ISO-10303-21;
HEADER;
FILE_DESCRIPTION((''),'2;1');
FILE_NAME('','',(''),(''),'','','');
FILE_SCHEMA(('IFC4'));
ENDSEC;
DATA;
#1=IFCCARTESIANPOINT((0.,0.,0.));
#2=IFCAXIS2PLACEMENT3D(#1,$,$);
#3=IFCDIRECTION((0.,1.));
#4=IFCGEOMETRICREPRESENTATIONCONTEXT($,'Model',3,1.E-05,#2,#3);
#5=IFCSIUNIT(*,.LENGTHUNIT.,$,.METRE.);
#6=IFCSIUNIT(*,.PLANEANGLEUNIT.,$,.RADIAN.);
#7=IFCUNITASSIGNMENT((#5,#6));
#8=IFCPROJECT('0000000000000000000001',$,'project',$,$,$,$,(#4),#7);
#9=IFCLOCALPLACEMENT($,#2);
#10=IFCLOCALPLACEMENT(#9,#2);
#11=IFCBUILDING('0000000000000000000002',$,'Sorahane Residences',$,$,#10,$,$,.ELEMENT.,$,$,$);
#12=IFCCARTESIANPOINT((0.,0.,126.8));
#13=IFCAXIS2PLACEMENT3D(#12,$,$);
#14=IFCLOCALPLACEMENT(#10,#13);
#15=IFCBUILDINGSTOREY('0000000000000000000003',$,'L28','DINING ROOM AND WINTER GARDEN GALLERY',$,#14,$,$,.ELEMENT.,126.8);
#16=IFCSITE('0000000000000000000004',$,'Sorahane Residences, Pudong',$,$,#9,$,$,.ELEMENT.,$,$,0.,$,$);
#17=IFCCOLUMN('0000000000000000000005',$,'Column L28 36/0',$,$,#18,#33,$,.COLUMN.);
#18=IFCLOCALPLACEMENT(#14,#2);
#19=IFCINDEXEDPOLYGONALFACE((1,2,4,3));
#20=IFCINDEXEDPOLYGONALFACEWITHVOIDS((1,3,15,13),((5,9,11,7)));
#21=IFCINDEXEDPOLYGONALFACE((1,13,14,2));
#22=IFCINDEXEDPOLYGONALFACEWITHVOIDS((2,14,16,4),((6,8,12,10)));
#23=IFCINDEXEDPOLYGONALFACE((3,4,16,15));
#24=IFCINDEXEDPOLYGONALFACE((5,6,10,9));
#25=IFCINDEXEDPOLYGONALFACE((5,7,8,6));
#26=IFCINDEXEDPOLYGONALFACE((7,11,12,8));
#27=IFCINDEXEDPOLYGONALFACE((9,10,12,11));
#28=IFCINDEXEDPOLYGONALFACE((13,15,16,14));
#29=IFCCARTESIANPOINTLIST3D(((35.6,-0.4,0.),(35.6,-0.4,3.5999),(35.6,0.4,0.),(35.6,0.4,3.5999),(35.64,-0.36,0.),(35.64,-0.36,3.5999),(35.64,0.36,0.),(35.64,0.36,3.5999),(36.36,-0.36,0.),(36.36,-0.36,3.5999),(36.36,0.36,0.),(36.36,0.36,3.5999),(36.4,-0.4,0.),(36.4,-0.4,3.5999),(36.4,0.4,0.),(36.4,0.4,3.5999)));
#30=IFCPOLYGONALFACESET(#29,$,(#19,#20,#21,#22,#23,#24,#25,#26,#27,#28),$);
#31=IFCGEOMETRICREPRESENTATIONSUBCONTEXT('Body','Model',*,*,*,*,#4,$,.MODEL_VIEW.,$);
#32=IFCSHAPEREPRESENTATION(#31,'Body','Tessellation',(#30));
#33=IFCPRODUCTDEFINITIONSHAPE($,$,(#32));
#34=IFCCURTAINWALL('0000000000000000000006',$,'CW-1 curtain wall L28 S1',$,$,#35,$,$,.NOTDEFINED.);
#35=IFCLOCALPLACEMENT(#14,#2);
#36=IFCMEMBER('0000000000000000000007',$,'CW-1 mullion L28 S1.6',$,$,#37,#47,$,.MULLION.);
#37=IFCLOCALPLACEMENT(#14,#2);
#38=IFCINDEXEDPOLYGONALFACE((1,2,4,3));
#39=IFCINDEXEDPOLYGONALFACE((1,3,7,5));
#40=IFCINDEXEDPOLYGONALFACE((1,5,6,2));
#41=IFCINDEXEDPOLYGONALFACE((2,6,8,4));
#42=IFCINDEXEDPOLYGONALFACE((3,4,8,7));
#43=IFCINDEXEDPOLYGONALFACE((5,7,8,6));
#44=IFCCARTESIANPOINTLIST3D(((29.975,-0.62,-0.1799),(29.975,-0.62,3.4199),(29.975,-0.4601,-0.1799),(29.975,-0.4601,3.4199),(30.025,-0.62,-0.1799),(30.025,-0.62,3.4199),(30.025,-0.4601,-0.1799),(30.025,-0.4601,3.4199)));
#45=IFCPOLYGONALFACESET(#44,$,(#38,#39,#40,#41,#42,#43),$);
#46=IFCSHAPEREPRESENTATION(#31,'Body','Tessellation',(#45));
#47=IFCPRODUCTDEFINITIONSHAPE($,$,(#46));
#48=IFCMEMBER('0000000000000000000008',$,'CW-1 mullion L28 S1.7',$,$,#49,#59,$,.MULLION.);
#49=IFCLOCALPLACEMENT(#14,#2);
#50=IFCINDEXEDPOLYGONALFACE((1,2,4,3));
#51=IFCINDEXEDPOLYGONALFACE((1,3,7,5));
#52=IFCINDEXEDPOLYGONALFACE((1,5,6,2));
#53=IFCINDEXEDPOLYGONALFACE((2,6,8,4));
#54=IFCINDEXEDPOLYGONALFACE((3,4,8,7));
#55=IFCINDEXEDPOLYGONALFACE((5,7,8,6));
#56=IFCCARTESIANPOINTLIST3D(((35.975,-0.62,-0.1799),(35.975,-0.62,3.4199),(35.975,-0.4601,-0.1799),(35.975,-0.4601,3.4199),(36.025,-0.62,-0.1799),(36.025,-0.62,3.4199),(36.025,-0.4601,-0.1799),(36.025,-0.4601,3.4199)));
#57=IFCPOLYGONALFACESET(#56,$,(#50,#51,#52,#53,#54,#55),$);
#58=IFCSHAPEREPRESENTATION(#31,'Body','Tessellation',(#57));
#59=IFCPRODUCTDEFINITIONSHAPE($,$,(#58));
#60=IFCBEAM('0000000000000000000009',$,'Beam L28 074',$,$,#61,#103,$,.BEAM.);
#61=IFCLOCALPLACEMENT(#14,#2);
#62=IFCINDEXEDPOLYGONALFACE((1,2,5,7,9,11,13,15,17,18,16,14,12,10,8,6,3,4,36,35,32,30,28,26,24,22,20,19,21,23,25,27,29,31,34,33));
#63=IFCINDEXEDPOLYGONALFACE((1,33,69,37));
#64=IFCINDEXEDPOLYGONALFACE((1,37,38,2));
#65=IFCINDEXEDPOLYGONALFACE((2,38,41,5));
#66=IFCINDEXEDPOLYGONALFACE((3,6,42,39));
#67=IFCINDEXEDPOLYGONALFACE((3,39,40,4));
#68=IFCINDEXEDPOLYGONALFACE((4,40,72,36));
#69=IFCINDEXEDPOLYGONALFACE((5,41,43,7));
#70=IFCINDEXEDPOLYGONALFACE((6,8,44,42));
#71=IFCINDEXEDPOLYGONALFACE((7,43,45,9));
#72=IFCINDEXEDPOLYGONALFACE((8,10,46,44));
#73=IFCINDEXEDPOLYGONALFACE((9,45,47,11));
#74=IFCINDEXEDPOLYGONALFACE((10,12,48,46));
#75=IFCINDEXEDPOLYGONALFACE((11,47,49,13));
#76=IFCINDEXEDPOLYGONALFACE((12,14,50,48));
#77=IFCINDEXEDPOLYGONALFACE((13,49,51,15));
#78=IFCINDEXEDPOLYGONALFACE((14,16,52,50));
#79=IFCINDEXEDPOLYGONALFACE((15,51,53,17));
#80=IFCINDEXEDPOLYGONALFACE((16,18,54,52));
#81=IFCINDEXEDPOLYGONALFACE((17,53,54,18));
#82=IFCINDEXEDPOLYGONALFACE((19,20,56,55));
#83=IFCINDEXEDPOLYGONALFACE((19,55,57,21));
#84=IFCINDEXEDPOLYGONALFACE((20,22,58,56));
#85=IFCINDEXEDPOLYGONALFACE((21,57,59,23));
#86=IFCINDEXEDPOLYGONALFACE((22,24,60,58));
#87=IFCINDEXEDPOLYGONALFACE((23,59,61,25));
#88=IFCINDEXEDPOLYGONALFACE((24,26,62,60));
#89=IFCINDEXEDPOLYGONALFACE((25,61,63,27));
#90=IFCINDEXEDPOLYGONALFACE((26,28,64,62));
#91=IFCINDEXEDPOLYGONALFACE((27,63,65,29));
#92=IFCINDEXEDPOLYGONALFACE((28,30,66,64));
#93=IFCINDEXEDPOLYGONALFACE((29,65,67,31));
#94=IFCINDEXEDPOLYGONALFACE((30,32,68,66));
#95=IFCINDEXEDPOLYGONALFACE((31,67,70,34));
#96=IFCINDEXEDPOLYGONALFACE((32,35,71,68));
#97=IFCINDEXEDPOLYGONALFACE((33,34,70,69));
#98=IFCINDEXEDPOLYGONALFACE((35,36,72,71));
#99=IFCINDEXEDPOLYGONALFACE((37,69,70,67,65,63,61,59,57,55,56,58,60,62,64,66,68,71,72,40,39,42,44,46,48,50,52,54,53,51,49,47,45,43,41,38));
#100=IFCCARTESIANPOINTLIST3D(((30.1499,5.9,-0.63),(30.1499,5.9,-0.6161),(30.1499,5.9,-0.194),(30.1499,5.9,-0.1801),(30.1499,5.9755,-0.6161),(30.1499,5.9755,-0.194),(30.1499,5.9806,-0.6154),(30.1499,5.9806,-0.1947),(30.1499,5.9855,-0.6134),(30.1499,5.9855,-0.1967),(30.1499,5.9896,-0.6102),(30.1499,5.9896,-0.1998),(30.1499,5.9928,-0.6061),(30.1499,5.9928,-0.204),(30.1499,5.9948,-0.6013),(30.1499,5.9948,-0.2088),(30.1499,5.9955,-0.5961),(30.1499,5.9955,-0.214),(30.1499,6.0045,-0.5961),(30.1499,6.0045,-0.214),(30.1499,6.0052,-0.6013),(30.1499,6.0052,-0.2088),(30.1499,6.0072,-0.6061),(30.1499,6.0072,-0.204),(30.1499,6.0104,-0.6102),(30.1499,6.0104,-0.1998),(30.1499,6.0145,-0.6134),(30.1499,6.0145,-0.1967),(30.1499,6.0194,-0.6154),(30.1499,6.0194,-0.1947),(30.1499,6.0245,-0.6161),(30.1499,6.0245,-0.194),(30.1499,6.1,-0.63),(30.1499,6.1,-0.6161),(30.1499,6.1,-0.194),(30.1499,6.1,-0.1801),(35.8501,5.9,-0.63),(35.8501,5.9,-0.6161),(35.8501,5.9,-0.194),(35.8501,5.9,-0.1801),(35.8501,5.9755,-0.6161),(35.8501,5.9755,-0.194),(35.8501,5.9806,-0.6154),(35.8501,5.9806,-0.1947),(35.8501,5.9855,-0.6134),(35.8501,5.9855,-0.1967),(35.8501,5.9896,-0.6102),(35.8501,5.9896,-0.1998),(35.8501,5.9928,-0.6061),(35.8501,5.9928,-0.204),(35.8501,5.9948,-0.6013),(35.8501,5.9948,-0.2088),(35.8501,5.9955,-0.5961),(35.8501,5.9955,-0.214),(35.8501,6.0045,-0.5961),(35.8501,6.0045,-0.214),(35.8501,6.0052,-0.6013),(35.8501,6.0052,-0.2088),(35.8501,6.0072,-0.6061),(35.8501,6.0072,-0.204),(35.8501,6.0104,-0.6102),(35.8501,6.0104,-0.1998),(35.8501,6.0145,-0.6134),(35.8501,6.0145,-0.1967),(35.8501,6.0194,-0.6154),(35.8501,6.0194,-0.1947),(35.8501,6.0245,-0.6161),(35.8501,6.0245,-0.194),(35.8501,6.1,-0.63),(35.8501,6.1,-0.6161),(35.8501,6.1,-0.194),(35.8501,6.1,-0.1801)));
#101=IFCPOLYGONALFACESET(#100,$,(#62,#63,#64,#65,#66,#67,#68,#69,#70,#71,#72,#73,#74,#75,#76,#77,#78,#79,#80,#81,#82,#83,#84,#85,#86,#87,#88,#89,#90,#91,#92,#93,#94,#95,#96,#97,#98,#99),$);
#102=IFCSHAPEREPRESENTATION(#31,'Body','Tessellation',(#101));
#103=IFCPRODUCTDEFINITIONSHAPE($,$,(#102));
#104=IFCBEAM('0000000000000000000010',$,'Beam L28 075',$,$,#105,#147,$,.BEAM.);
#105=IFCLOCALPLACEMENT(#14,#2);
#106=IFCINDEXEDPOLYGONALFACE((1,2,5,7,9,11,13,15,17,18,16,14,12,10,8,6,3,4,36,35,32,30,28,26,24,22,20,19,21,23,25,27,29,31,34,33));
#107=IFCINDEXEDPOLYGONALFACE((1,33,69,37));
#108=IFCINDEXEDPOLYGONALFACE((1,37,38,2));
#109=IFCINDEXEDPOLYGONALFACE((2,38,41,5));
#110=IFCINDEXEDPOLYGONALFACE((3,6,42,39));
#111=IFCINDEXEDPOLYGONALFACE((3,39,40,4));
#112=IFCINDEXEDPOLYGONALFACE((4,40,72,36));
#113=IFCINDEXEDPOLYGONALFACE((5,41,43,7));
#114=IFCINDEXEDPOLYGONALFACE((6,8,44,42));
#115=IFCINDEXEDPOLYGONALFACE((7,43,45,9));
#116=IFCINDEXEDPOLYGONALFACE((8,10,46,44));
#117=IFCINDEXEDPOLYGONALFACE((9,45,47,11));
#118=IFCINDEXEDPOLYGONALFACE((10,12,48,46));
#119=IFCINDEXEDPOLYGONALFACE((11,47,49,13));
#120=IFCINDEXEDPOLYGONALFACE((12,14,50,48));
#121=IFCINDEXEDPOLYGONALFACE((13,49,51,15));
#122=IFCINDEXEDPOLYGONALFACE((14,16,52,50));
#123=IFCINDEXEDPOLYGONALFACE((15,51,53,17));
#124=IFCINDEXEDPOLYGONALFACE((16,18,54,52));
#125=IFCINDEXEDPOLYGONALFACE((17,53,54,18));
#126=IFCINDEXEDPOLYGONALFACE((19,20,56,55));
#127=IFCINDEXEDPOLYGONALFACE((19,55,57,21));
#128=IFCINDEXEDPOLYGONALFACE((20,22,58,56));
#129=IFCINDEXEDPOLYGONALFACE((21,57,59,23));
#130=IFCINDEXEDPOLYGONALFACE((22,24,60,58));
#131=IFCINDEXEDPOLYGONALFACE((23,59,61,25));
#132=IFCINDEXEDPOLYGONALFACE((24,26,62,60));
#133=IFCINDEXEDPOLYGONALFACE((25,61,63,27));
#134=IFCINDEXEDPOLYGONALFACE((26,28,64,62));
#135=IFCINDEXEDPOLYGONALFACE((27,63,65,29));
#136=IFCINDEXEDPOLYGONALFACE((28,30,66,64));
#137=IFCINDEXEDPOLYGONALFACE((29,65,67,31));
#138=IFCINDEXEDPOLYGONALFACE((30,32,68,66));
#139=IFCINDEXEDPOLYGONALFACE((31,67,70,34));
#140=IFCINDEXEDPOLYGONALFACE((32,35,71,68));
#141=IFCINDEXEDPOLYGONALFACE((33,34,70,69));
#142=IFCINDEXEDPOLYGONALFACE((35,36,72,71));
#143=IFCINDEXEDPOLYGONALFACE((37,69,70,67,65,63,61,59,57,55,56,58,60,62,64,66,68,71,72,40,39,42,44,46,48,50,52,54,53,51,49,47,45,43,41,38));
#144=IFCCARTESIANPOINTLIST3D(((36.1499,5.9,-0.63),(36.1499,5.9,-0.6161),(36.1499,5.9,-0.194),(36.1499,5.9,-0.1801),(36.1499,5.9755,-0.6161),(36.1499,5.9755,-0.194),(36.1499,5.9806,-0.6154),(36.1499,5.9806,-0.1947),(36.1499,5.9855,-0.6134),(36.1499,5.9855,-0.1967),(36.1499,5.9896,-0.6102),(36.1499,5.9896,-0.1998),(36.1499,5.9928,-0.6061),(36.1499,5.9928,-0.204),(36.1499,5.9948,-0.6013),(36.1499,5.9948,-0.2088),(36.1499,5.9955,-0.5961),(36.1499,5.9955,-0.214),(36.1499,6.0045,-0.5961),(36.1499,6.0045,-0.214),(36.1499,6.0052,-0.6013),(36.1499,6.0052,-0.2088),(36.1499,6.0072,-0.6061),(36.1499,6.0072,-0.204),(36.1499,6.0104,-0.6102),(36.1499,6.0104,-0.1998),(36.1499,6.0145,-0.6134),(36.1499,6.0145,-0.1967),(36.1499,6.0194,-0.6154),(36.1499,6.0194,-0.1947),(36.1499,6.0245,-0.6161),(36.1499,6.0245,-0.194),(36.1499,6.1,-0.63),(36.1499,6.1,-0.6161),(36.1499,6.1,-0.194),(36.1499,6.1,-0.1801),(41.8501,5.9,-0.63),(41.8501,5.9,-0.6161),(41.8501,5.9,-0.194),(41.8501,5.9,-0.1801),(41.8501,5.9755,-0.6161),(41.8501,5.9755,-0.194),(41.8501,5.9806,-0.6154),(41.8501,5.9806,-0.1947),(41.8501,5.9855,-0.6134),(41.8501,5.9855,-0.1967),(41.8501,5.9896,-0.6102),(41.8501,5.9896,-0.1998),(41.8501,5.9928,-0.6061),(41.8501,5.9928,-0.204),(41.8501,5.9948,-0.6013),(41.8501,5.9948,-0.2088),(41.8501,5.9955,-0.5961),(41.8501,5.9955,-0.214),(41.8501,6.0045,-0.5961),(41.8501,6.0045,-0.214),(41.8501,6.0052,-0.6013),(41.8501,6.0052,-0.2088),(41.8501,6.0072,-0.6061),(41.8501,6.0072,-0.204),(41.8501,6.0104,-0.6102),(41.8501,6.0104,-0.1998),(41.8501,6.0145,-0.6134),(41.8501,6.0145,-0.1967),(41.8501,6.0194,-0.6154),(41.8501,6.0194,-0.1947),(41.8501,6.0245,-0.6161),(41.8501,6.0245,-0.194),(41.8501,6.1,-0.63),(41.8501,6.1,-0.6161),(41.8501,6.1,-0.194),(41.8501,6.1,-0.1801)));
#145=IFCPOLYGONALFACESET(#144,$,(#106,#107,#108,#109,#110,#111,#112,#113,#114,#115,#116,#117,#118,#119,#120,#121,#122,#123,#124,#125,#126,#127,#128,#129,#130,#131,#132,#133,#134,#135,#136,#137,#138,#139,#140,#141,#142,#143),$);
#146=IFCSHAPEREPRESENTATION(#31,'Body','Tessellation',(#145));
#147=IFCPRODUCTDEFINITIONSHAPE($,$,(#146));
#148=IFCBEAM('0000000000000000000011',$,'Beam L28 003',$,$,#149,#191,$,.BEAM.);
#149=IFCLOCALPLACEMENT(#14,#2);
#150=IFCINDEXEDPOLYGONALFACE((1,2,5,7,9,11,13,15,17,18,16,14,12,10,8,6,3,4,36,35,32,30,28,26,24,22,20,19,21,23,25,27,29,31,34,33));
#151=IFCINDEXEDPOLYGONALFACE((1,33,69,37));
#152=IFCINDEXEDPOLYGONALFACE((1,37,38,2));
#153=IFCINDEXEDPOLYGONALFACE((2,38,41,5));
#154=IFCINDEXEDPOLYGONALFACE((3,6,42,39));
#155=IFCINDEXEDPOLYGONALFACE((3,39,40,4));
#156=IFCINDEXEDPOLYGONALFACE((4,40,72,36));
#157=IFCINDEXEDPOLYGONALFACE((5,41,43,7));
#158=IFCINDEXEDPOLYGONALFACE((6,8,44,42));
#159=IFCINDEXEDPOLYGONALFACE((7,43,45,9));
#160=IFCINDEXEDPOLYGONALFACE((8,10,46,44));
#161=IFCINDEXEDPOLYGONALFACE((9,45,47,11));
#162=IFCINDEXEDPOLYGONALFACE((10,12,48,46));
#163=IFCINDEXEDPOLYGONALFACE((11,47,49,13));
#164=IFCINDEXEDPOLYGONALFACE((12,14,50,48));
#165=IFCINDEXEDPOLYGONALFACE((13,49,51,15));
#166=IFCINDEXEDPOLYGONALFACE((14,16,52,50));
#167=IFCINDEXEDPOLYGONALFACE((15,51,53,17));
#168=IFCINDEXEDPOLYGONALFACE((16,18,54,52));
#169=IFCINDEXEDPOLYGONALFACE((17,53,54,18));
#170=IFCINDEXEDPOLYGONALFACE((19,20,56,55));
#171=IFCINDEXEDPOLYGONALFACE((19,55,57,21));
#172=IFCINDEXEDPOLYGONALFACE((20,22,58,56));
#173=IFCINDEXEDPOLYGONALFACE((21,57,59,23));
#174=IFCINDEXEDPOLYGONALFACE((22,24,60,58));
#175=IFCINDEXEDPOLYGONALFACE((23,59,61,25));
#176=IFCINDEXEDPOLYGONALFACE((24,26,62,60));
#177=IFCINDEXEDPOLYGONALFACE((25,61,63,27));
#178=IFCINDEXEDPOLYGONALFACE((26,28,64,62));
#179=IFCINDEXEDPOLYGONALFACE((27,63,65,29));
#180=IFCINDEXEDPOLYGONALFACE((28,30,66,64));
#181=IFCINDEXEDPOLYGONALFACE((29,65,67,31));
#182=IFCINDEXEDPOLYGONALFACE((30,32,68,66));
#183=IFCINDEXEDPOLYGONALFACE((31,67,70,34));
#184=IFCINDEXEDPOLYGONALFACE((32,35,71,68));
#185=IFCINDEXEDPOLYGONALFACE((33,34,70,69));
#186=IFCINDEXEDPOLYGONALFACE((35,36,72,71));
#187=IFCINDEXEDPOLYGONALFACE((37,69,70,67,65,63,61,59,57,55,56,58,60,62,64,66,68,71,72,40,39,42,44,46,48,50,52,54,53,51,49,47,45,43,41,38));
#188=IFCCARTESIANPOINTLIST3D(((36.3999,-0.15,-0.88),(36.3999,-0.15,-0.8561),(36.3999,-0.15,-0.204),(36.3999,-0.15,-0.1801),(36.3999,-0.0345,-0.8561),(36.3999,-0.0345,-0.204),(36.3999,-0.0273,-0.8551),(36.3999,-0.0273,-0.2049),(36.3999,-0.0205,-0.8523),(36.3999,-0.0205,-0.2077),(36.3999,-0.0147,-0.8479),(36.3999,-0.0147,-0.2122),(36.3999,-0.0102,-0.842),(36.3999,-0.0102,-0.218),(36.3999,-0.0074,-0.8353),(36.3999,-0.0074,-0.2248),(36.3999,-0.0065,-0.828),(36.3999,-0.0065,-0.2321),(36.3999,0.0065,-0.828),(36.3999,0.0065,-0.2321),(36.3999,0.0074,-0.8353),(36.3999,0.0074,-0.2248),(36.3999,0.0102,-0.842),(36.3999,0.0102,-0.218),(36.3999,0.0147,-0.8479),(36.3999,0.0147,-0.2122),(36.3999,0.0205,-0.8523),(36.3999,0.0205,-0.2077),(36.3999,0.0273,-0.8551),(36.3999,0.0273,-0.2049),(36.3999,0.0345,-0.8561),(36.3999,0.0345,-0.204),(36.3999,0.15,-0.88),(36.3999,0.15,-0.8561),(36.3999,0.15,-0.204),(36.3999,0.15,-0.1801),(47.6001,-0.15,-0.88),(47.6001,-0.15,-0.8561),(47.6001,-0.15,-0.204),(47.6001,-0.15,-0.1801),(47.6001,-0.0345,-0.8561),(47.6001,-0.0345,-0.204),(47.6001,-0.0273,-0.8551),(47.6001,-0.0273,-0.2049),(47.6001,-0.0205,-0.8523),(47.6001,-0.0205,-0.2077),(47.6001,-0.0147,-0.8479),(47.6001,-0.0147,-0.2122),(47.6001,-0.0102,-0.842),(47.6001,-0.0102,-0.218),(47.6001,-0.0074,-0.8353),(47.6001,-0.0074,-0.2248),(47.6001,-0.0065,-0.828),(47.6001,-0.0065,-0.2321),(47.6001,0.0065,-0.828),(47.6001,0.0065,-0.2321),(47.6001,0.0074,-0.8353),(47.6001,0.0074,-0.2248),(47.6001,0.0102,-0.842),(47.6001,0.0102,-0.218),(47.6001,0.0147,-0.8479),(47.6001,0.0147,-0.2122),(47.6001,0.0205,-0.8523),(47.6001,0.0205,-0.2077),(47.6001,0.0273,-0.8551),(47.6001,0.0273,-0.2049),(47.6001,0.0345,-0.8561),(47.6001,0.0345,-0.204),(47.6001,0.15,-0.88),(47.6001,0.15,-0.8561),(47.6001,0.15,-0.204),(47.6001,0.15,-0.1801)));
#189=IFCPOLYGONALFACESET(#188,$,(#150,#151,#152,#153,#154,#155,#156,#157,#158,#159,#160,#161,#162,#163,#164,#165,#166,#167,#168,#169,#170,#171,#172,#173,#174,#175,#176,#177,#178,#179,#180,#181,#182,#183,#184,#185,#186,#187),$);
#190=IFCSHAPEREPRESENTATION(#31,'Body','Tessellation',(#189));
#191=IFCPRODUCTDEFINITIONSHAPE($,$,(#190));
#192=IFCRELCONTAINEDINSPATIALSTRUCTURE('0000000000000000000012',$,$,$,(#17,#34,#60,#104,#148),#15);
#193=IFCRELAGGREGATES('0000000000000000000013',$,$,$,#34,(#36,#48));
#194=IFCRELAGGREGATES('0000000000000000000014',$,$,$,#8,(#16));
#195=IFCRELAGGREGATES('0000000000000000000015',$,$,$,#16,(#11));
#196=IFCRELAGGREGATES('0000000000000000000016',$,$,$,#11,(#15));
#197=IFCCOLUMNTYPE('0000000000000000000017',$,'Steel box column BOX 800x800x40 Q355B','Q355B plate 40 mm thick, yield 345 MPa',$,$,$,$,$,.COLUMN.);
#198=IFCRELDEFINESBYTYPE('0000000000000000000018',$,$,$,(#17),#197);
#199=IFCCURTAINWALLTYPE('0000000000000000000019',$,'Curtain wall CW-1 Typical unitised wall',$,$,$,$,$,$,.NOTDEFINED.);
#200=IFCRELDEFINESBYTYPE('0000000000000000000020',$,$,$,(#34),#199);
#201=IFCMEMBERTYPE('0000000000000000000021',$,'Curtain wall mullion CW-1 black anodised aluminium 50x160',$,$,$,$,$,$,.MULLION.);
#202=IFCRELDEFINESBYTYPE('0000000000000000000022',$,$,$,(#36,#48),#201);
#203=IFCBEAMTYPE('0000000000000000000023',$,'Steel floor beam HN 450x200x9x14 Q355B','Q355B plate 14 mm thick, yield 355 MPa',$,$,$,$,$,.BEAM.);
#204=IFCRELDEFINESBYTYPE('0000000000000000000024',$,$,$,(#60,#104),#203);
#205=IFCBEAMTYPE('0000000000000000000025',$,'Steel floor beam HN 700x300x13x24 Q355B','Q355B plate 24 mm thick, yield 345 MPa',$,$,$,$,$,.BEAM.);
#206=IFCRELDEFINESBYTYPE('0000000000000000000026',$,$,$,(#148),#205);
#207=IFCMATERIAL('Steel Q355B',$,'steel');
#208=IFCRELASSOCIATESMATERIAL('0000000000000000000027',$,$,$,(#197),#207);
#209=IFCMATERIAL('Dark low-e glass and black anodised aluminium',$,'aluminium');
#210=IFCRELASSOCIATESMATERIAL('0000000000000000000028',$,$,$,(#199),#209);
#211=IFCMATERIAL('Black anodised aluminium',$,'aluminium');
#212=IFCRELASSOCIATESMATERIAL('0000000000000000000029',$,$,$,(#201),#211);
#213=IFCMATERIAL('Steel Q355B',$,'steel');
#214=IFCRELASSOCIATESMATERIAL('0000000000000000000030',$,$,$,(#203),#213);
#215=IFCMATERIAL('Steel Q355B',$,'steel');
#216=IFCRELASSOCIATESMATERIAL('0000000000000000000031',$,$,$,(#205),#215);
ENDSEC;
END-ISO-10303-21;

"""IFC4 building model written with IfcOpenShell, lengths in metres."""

from ifc_helpers import new_model, si_unit, direction, frame, origin, origin_2d, place, context, subcontext, project, spatial, rectangle, hollow_rectangle, i_section, extrude, material, material_profile, profile_set, type_object, element, aggregate, save


model = new_model("IFC4")

# Units and contexts
model_context = context("Model", 3, precision=1e-05, world=origin(), true_north=direction((0.0, 1.0)))
body_context = subcontext(model_context, "Body", "Model", "MODEL_VIEW")
ifc_project = project(units=[si_unit("LENGTHUNIT", "METRE"), si_unit("PLANEANGLEUNIT", "RADIAN")], contexts=[model_context])

# Site, building, storey
site_placement = place(None, origin())
site = spatial("IfcSite", under=ifc_project, at=site_placement, Name="Sorahane Residences, Pudong", CompositionType="ELEMENT", RefElevation=0.0)
building_placement = place(site_placement, origin())
building = spatial("IfcBuilding", under=site, at=building_placement, Name="Sorahane Residences", CompositionType="ELEMENT")
storey_placement = place(building_placement, frame((0.0, 0.0, 126.8)))
storey = spatial("IfcBuildingStorey", under=building, at=storey_placement, Name="L28", Description="DINING ROOM AND WINTER GARDEN GALLERY", CompositionType="ELEMENT", Elevation=126.8)

# Column
ifc_material_1 = material(Name="Steel Q355B", Category="steel")
ifc_material_profile_1 = material_profile(ifc_material_1, hollow_rectangle(XDim=0.8, YDim=0.8, WallThickness=0.04, at=origin_2d()), Name="BOX 800x800x40")
ifc_profile_set_1 = profile_set([ifc_material_profile_1], Name="Steel Q355B")
column_type = type_object("IfcColumnType", Name="Steel box column BOX 800x800x40 Q355B", Description="Q355B plate 40 mm thick, yield 345 MPa", PredefinedType="COLUMN", material=ifc_profile_set_1)
column_placement = place(storey_placement, frame((36.0, 0.0, 0.0), z_axis=(0.0, 0.0, 1.0), x_axis=(1.0, 0.0, 0.0)))
element("IfcColumn", 1, at=column_placement, inside=storey, type_object=column_type, Name="Column L28 36/0", PredefinedType="COLUMN", context=body_context, shape_type="SweptSolid", body=[
    extrude(hollow_rectangle(XDim=0.8, YDim=0.8, WallThickness=0.04, at=origin_2d()), origin(), (0.0, 0.0, 1.0), 3.5999),
])

# Curtain wall, members
ifc_material_2 = material(Name="Dark low-e glass and black anodised aluminium", Category="aluminium")
curtain_wall_type = type_object("IfcCurtainWallType", Name="Curtain wall CW-1 Typical unitised wall", PredefinedType="NOTDEFINED", material=ifc_material_2)
curtain_wall_placement = place(storey_placement, origin())
curtain_wall = element("IfcCurtainWall", 2, at=curtain_wall_placement, inside=storey, type_object=curtain_wall_type, Name="CW-1 curtain wall L28 S1", PredefinedType="NOTDEFINED")
ifc_material_3 = material(Name="Black anodised aluminium", Category="aluminium")
ifc_material_profile_2 = material_profile(ifc_material_3, rectangle(XDim=0.1599, YDim=0.05, at=origin_2d()), Name="Curtain wall mullion CW-1 black anodised aluminium 50x160")
ifc_profile_set_2 = profile_set([ifc_material_profile_2], Name="Black anodised aluminium")
member_type = type_object("IfcMemberType", Name="Curtain wall mullion CW-1 black anodised aluminium 50x160", PredefinedType="MULLION", material=ifc_profile_set_2)
member_1_placement = place(storey_placement, frame((30.0, -0.54, -0.1799), z_axis=(0.0, 0.0, 1.0), x_axis=(0.0, -1.0, 0.0)))
member_1 = element("IfcMember", 3, at=member_1_placement, type_object=member_type, Name="CW-1 mullion L28 S1.6", PredefinedType="MULLION", context=body_context, shape_type="SweptSolid", body=[
    extrude(rectangle(XDim=0.1599, YDim=0.05, at=origin_2d()), origin(), (0.0, 0.0, 1.0), 3.5999),
])
member_2_placement = place(storey_placement, frame((36.0, -0.54, -0.1799), z_axis=(0.0, 0.0, 1.0), x_axis=(0.0, -1.0, 0.0)))
member_2 = element("IfcMember", 4, at=member_2_placement, type_object=member_type, Name="CW-1 mullion L28 S1.7", PredefinedType="MULLION", context=body_context, shape_type="SweptSolid", body=[
    extrude(rectangle(XDim=0.1599, YDim=0.05, at=origin_2d()), origin(), (0.0, 0.0, 1.0), 3.5999),
])

# Beams
ifc_material_4 = material(Name="Steel Q355B", Category="steel")
ifc_material_profile_3 = material_profile(ifc_material_4, i_section(OverallWidth=0.2, OverallDepth=0.45, WebThickness=0.009, FlangeThickness=0.0139, FilletRadius=0.02, at=origin_2d()), Name="HN 450x200x9x14")
ifc_profile_set_3 = profile_set([ifc_material_profile_3], Name="Steel Q355B")
beam_type_1 = type_object("IfcBeamType", Name="Steel floor beam HN 450x200x9x14 Q355B", Description="Q355B plate 14 mm thick, yield 355 MPa", PredefinedType="BEAM", material=ifc_profile_set_3)
for number, where, z_axis, x_axis, name in (
    (5, (30.1499, 6.0, -0.405), (1.0, 0.0, 0.0), (0.0, 1.0, 0.0), "Beam L28 074"),
    (6, (36.1499, 6.0, -0.405), (1.0, 0.0, 0.0), (0.0, 1.0, 0.0), "Beam L28 075"),
):
    element("IfcBeam", number, at=place(storey_placement, frame(where, z_axis=z_axis, x_axis=x_axis)), inside=storey, type_object=beam_type_1, Name=name, PredefinedType="BEAM", context=body_context, shape_type="SweptSolid", body=[
        extrude(i_section(OverallWidth=0.2, OverallDepth=0.45, WebThickness=0.009, FlangeThickness=0.0139, FilletRadius=0.02, at=origin_2d()), origin(), (0.0, 0.0, 1.0), 5.7002),
    ])
ifc_material_5 = material(Name="Steel Q355B", Category="steel")
ifc_material_profile_4 = material_profile(ifc_material_5, i_section(OverallWidth=0.3, OverallDepth=0.7, WebThickness=0.0129, FlangeThickness=0.0239, FilletRadius=0.0281, at=origin_2d()), Name="HN 700x300x13x24")
ifc_profile_set_4 = profile_set([ifc_material_profile_4], Name="Steel Q355B")
beam_type_2 = type_object("IfcBeamType", Name="Steel floor beam HN 700x300x13x24 Q355B", Description="Q355B plate 24 mm thick, yield 345 MPa", PredefinedType="BEAM", material=ifc_profile_set_4)
beam_1_placement = place(storey_placement, frame((36.3999, 0.0, -0.53), z_axis=(1.0, 0.0, 0.0), x_axis=(0.0, 1.0, 0.0)))
element("IfcBeam", 7, at=beam_1_placement, inside=storey, type_object=beam_type_2, Name="Beam L28 003", PredefinedType="BEAM", context=body_context, shape_type="SweptSolid", body=[
    extrude(i_section(OverallWidth=0.3, OverallDepth=0.7, WebThickness=0.0129, FlangeThickness=0.0239, FilletRadius=0.0281, at=origin_2d()), origin(), (0.0, 0.0, 1.0), 11.2002),
])

aggregate(curtain_wall, [member_1, member_2])

save(model, "model.ifc")
